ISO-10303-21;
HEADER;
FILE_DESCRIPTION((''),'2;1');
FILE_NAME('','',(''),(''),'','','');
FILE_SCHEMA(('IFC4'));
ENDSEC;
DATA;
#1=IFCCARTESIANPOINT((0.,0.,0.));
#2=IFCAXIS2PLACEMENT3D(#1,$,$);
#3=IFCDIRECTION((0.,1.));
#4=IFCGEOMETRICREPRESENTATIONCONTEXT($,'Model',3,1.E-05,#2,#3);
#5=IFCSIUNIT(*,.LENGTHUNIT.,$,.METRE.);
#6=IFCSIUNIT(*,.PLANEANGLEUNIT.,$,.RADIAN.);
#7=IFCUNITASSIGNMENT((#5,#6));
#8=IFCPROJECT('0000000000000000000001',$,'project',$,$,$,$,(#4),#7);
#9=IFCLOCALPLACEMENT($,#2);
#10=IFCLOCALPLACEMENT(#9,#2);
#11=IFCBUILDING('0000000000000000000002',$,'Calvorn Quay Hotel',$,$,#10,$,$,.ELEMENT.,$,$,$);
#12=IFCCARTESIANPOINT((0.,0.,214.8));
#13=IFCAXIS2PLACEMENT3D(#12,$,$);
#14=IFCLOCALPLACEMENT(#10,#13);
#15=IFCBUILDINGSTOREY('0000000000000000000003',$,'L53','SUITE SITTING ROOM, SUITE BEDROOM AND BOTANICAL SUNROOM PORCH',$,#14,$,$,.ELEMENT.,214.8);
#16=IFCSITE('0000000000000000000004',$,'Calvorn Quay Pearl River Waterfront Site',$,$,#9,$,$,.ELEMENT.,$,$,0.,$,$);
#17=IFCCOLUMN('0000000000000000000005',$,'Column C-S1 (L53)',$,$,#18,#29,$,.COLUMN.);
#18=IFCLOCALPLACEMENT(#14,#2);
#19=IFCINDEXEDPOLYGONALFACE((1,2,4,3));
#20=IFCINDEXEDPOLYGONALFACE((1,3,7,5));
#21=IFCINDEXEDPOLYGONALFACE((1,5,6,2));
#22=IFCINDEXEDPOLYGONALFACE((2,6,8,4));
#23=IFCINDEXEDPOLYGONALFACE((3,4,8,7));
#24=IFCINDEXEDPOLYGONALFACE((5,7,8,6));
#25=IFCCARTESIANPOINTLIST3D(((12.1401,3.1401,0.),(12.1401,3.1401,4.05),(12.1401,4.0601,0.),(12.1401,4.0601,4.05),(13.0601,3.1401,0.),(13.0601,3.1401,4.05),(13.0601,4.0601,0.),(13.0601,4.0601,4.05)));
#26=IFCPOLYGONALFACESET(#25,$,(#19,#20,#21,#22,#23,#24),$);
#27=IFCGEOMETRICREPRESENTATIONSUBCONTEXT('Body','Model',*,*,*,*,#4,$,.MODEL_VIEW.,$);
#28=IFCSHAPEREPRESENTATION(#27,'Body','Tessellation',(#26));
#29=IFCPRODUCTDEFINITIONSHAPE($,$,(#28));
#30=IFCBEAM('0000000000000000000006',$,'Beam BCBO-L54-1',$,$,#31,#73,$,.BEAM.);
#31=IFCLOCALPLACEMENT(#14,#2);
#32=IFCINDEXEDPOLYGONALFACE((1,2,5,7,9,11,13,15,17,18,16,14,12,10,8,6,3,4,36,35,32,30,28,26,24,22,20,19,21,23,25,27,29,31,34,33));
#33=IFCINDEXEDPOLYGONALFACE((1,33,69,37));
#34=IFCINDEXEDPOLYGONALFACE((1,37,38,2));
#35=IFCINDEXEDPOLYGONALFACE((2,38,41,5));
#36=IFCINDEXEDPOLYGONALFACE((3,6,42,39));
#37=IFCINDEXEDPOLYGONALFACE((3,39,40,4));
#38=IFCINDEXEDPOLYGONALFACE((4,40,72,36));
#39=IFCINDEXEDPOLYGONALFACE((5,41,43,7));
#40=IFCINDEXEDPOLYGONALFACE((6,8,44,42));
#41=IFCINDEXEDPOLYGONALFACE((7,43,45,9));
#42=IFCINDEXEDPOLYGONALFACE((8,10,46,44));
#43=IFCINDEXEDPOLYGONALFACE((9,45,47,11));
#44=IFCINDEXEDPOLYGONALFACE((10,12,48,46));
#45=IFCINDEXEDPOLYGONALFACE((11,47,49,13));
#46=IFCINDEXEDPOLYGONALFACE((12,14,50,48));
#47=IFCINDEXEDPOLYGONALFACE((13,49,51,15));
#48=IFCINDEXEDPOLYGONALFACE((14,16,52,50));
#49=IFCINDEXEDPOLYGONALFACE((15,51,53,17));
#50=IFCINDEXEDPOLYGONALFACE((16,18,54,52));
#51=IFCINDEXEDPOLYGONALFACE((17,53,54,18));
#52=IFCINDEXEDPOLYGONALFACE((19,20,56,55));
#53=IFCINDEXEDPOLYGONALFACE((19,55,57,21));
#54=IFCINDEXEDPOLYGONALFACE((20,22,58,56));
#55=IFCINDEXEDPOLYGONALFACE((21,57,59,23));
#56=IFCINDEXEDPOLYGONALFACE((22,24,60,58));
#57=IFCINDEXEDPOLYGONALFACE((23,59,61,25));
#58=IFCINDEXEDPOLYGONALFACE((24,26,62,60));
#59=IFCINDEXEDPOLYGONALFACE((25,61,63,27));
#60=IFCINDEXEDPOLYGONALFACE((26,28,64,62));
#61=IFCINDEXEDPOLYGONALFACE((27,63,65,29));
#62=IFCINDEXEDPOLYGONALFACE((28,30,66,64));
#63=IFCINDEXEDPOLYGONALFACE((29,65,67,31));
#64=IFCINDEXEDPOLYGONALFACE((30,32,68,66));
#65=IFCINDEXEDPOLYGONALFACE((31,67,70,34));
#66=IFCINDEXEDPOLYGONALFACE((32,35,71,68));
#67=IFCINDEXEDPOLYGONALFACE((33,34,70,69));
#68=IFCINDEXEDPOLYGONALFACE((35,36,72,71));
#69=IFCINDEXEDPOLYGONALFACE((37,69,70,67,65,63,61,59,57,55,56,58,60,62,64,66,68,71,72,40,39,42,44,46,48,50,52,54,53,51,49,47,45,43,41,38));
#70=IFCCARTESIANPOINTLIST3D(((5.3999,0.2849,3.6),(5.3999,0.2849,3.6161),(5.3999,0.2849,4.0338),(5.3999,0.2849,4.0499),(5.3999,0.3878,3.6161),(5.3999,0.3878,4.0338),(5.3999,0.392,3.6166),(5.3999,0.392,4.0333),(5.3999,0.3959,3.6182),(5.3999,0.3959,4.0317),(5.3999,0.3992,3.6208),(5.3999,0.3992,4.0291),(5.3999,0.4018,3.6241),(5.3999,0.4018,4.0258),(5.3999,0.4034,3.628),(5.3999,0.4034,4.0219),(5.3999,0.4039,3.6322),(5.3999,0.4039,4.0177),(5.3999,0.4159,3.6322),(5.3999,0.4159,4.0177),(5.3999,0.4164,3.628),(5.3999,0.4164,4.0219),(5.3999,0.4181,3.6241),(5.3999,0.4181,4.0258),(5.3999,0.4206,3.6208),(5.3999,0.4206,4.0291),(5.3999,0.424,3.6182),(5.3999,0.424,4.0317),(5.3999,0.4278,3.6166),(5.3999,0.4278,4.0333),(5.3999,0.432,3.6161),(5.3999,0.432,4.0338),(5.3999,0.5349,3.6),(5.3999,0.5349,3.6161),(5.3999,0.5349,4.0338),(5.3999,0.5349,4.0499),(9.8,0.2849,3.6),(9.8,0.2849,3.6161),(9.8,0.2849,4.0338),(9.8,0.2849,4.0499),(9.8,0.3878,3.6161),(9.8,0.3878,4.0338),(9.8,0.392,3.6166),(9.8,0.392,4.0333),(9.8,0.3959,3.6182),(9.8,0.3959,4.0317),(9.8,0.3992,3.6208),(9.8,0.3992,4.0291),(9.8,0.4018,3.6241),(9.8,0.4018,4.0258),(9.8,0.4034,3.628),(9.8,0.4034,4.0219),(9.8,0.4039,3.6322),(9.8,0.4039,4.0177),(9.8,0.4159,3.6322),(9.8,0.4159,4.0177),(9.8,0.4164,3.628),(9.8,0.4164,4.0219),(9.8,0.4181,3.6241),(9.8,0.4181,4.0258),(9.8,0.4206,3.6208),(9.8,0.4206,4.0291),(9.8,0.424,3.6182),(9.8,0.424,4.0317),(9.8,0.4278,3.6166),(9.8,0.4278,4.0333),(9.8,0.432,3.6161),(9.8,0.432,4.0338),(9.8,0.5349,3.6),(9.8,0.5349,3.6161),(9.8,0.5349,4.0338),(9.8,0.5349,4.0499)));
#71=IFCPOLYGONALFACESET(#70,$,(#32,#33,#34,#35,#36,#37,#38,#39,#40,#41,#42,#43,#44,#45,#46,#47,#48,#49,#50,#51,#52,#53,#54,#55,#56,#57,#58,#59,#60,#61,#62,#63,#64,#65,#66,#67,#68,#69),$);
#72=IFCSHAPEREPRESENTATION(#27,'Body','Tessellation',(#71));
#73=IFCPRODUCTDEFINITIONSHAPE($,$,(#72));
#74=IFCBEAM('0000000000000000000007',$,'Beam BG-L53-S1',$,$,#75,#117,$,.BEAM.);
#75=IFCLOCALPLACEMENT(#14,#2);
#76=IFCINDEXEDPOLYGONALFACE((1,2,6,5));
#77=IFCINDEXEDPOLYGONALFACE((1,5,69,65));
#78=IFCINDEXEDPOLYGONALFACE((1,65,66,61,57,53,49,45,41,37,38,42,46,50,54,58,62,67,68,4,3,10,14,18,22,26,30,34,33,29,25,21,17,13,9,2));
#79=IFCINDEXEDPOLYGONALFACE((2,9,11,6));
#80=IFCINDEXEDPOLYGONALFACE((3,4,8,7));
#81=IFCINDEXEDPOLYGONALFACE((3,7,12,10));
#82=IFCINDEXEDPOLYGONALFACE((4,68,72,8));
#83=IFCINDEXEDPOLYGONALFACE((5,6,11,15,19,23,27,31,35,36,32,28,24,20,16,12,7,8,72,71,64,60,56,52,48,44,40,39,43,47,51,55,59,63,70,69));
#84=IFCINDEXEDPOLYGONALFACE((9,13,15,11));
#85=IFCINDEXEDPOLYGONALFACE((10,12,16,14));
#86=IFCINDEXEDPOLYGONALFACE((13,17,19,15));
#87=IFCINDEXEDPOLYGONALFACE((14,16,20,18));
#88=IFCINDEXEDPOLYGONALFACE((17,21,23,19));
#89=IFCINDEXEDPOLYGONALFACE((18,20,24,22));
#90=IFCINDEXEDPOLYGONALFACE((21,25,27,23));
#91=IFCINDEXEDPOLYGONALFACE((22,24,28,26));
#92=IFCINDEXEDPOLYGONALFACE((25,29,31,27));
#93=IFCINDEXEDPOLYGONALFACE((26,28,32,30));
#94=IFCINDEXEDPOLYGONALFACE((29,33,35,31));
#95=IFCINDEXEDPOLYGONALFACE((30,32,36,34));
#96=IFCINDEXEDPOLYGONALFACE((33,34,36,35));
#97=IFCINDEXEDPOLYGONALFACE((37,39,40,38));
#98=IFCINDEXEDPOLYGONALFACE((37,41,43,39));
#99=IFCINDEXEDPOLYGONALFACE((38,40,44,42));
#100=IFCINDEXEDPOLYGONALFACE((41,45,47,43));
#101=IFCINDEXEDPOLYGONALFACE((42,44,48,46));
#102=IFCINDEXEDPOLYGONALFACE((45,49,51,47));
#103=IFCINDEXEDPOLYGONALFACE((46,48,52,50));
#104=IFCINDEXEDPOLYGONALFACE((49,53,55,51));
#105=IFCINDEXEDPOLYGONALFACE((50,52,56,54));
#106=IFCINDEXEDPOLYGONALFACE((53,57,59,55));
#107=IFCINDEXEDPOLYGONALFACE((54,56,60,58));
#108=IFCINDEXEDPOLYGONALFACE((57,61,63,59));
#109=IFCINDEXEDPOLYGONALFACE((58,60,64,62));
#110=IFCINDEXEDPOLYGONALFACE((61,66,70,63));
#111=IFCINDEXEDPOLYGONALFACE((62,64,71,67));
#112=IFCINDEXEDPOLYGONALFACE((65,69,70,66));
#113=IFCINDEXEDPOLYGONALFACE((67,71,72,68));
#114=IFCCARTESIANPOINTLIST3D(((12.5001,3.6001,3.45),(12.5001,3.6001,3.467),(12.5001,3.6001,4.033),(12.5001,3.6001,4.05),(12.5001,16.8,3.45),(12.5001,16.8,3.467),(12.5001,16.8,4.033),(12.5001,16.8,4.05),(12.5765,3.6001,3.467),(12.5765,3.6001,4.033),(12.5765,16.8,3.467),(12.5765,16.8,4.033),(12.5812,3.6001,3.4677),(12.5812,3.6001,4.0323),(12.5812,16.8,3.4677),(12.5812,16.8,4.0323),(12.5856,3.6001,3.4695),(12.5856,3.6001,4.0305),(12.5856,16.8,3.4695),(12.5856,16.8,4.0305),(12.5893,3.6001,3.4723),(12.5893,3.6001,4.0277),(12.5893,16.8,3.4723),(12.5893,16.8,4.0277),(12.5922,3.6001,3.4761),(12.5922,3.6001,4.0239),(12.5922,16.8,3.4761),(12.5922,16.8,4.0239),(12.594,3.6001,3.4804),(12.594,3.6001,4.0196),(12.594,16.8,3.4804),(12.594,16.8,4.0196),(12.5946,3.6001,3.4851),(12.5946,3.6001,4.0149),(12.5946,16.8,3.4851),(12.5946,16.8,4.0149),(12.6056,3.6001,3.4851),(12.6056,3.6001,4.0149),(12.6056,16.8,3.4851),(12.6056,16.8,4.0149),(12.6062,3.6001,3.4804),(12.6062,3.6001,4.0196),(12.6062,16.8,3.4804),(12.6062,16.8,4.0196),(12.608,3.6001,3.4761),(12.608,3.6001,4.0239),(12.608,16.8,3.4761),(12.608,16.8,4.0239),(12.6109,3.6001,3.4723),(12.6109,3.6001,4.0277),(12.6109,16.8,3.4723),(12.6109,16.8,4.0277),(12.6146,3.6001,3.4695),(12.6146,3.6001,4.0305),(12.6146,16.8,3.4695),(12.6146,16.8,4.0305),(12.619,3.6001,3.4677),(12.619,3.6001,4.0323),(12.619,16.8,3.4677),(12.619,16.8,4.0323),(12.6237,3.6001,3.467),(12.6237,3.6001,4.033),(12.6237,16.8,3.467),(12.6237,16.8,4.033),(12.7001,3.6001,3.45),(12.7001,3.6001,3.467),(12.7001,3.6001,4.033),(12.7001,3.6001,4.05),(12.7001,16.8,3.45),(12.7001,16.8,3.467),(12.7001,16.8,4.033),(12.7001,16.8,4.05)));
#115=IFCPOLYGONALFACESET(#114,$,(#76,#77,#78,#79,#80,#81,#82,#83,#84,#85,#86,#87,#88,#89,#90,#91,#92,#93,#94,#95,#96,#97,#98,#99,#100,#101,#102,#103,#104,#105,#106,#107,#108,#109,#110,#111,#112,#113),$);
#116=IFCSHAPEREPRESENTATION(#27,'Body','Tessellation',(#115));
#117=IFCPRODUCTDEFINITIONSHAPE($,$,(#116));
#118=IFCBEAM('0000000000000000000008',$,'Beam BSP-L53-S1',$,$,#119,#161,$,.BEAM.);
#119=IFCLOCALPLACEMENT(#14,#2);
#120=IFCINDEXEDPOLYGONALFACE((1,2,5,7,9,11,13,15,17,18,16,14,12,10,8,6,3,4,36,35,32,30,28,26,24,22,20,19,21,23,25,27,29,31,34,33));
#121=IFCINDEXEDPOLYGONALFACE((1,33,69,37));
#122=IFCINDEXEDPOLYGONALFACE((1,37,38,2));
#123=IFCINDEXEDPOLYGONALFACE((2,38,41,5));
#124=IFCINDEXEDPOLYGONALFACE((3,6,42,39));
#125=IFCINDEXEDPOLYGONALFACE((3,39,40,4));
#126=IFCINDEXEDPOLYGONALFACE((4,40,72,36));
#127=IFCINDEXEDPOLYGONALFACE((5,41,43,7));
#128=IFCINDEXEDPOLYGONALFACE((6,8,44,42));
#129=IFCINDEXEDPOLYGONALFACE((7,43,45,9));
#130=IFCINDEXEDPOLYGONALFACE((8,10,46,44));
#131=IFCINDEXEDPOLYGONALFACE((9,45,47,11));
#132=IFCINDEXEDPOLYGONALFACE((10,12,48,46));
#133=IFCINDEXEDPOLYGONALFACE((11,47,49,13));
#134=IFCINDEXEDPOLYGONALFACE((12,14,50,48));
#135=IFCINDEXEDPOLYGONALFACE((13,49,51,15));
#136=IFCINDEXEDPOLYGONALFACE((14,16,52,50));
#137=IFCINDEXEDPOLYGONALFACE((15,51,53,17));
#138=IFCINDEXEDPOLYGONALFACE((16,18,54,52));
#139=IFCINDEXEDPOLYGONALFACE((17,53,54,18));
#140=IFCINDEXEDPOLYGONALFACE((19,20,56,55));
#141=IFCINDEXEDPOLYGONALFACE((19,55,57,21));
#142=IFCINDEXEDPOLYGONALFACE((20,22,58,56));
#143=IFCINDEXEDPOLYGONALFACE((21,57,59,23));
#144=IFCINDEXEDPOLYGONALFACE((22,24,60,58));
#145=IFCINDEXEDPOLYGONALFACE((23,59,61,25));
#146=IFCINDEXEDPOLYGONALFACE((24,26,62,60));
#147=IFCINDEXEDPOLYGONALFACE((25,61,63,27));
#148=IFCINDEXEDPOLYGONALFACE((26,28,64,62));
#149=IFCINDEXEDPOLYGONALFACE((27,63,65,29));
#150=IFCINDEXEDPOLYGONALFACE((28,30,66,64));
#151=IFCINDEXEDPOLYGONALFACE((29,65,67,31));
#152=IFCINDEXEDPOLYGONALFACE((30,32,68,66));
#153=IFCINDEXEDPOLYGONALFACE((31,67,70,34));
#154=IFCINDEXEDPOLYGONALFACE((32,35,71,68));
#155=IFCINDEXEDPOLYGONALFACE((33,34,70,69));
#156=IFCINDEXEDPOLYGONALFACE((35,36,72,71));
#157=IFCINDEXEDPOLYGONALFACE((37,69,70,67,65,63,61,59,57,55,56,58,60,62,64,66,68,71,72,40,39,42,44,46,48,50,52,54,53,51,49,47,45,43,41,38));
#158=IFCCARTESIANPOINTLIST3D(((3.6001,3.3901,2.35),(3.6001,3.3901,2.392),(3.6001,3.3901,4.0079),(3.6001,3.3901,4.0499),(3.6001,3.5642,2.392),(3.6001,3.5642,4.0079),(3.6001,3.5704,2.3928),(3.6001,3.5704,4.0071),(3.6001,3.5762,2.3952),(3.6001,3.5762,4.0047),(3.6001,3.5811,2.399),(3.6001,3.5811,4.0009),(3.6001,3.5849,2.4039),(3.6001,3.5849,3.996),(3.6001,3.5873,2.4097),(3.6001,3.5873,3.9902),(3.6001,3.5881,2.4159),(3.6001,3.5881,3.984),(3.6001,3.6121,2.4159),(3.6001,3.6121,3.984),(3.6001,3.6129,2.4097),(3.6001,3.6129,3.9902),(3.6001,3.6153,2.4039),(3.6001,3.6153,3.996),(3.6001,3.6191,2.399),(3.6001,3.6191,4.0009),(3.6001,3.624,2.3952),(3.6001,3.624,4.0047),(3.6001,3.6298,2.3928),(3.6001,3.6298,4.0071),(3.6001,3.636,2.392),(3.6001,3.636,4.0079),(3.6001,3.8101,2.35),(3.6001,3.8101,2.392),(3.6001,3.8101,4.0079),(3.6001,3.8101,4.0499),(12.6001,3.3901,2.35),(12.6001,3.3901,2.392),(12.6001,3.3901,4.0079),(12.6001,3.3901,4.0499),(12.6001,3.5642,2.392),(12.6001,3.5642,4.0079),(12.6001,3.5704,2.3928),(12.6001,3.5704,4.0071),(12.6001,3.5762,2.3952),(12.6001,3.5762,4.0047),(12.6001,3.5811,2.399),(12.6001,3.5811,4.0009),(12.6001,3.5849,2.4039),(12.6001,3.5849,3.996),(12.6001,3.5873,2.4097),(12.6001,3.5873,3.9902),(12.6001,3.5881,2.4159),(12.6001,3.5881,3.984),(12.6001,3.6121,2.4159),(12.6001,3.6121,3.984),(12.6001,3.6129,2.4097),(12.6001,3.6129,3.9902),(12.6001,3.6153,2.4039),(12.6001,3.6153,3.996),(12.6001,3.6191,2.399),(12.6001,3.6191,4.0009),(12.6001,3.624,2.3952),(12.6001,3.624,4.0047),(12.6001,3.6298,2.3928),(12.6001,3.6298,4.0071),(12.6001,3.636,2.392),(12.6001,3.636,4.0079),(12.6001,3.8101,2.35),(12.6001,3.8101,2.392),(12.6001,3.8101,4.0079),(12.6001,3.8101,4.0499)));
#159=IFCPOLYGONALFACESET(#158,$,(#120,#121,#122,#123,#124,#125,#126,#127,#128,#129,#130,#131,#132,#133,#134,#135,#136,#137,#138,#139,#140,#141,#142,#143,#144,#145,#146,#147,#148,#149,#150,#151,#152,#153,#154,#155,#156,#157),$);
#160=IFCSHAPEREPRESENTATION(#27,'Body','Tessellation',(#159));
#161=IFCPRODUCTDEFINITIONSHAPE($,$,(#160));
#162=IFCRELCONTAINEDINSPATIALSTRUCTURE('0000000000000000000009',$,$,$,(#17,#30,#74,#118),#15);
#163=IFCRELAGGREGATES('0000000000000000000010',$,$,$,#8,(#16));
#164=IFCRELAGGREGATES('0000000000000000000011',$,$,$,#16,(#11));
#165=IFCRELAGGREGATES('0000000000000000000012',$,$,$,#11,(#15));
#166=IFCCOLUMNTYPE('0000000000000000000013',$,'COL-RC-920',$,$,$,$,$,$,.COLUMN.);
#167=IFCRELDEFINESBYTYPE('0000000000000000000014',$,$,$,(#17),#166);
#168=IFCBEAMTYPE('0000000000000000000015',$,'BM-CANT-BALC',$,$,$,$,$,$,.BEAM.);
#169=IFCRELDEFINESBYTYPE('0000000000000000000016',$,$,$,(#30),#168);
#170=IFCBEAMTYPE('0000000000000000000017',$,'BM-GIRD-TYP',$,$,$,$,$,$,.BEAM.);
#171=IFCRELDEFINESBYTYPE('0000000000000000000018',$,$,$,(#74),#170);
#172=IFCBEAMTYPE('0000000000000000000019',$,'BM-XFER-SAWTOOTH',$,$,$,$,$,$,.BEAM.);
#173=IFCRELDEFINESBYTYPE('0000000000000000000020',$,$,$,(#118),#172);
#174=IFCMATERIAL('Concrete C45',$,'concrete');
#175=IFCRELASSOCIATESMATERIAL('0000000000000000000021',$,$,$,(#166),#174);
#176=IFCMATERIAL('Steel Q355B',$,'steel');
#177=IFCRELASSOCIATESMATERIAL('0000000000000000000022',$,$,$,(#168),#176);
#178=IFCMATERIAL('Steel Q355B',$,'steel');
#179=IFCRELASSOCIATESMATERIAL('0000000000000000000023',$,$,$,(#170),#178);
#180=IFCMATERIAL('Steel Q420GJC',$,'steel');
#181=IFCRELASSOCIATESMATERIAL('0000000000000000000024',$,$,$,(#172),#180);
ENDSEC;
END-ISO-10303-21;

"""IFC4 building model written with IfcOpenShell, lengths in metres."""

from ifc_helpers import new_model, si_unit, direction, frame, origin, origin_2d, place, context, subcontext, project, spatial, rectangle, i_section, extrude, material, material_profile, profile_set, type_object, element, save


model = new_model("IFC4")

# Units and contexts
model_context = context("Model", 3, precision=1e-05, world=origin(), true_north=direction((0.0, 1.0)))
body_context = subcontext(model_context, "Body", "Model", "MODEL_VIEW")
ifc_project = project(units=[si_unit("LENGTHUNIT", "METRE"), si_unit("PLANEANGLEUNIT", "RADIAN")], contexts=[model_context])

# Site, building, storey
site_placement = place(None, origin())
site = spatial("IfcSite", under=ifc_project, at=site_placement, Name="Calvorn Quay Pearl River Waterfront Site", CompositionType="ELEMENT", RefElevation=0.0)
building_placement = place(site_placement, origin())
building = spatial("IfcBuilding", under=site, at=building_placement, Name="Calvorn Quay Hotel", CompositionType="ELEMENT")
storey_placement = place(building_placement, frame((0.0, 0.0, 214.8)))
storey = spatial("IfcBuildingStorey", under=building, at=storey_placement, Name="L53", Description="SUITE SITTING ROOM, SUITE BEDROOM AND BOTANICAL SUNROOM PORCH", CompositionType="ELEMENT", Elevation=214.8)

# Column
ifc_material_1 = material(Name="Concrete C45", Category="concrete")
ifc_material_profile_1 = material_profile(ifc_material_1, rectangle(XDim=0.9199, YDim=0.9199, at=origin_2d()), Name="RC920x920")
ifc_profile_set_1 = profile_set([ifc_material_profile_1], Name="Concrete C45")
column_type = type_object("IfcColumnType", Name="COL-RC-920", PredefinedType="COLUMN", material=ifc_profile_set_1)
column_placement = place(storey_placement, frame((12.6001, 3.6001, 0.0), z_axis=(0.0, 0.0, 1.0), x_axis=(1.0, 0.0, 0.0)))
element("IfcColumn", 1, at=column_placement, inside=storey, type_object=column_type, Name="Column C-S1 (L53)", PredefinedType="COLUMN", context=body_context, shape_type="SweptSolid", body=[
    extrude(rectangle(XDim=0.9199, YDim=0.9199, at=origin_2d()), origin(), (0.0, 0.0, 1.0), 4.05),
])

# Beams
ifc_material_2 = material(Name="Steel Q355B", Category="steel")
ifc_material_profile_2 = material_profile(ifc_material_2, i_section(OverallWidth=0.25, OverallDepth=0.45, WebThickness=0.012, FlangeThickness=0.0161, FilletRadius=0.0161, at=origin_2d()), Name="HN450x250x12x16")
ifc_profile_set_2 = profile_set([ifc_material_profile_2], Name="Steel Q355B")
beam_type_1 = type_object("IfcBeamType", Name="BM-CANT-BALC", PredefinedType="BEAM", material=ifc_profile_set_2)
beam_1_placement = place(storey_placement, frame((5.3999, 0.4099, 3.825), z_axis=(1.0, 0.0, 0.0), x_axis=(0.0, 1.0, 0.0)))
element("IfcBeam", 2, at=beam_1_placement, inside=storey, type_object=beam_type_1, Name="Beam BCBO-L54-1", PredefinedType="BEAM", context=body_context, shape_type="SweptSolid", body=[
    extrude(i_section(OverallWidth=0.25, OverallDepth=0.45, WebThickness=0.012, FlangeThickness=0.0161, FilletRadius=0.0161, at=origin_2d()), origin(), (0.0, 0.0, 1.0), 4.4001),
])
ifc_material_3 = material(Name="Steel Q355B", Category="steel")
ifc_material_profile_3 = material_profile(ifc_material_3, i_section(OverallWidth=0.2, OverallDepth=0.6001, WebThickness=0.011, FlangeThickness=0.0171, FilletRadius=0.0181, at=origin_2d()), Name="HN600x200x11x17")
ifc_profile_set_3 = profile_set([ifc_material_profile_3], Name="Steel Q355B")
beam_type_2 = type_object("IfcBeamType", Name="BM-GIRD-TYP", PredefinedType="BEAM", material=ifc_profile_set_3)
beam_2_placement = place(storey_placement, frame((12.6001, 3.6001, 3.75), z_axis=(0.0, 1.0, 0.0), x_axis=(-1.0, 0.0, 0.0)))
element("IfcBeam", 3, at=beam_2_placement, inside=storey, type_object=beam_type_2, Name="Beam BG-L53-S1", PredefinedType="BEAM", context=body_context, shape_type="SweptSolid", body=[
    extrude(i_section(OverallWidth=0.2, OverallDepth=0.6001, WebThickness=0.011, FlangeThickness=0.0171, FilletRadius=0.0181, at=origin_2d()), origin(), (0.0, 0.0, 1.0), 13.2),
])
ifc_material_4 = material(Name="Steel Q420GJC", Category="steel")
ifc_material_profile_4 = material_profile(ifc_material_4, i_section(OverallWidth=0.4199, OverallDepth=1.7, WebThickness=0.0239, FlangeThickness=0.042, FilletRadius=0.0239, at=origin_2d()), Name="HN1700x420x24x42")
ifc_profile_set_4 = profile_set([ifc_material_profile_4], Name="Steel Q420GJC")
beam_type_3 = type_object("IfcBeamType", Name="BM-XFER-SAWTOOTH", PredefinedType="BEAM", material=ifc_profile_set_4)
beam_3_placement = place(storey_placement, frame((3.6001, 3.6001, 3.2), z_axis=(1.0, 0.0, 0.0), x_axis=(0.0, 1.0, 0.0)))
element("IfcBeam", 4, at=beam_3_placement, inside=storey, type_object=beam_type_3, Name="Beam BSP-L53-S1", PredefinedType="BEAM", context=body_context, shape_type="SweptSolid", body=[
    extrude(i_section(OverallWidth=0.4199, OverallDepth=1.7, WebThickness=0.0239, FlangeThickness=0.042, FilletRadius=0.0239, at=origin_2d()), origin(), (0.0, 0.0, 1.0), 9.0),
])

save(model, "model.ifc")
